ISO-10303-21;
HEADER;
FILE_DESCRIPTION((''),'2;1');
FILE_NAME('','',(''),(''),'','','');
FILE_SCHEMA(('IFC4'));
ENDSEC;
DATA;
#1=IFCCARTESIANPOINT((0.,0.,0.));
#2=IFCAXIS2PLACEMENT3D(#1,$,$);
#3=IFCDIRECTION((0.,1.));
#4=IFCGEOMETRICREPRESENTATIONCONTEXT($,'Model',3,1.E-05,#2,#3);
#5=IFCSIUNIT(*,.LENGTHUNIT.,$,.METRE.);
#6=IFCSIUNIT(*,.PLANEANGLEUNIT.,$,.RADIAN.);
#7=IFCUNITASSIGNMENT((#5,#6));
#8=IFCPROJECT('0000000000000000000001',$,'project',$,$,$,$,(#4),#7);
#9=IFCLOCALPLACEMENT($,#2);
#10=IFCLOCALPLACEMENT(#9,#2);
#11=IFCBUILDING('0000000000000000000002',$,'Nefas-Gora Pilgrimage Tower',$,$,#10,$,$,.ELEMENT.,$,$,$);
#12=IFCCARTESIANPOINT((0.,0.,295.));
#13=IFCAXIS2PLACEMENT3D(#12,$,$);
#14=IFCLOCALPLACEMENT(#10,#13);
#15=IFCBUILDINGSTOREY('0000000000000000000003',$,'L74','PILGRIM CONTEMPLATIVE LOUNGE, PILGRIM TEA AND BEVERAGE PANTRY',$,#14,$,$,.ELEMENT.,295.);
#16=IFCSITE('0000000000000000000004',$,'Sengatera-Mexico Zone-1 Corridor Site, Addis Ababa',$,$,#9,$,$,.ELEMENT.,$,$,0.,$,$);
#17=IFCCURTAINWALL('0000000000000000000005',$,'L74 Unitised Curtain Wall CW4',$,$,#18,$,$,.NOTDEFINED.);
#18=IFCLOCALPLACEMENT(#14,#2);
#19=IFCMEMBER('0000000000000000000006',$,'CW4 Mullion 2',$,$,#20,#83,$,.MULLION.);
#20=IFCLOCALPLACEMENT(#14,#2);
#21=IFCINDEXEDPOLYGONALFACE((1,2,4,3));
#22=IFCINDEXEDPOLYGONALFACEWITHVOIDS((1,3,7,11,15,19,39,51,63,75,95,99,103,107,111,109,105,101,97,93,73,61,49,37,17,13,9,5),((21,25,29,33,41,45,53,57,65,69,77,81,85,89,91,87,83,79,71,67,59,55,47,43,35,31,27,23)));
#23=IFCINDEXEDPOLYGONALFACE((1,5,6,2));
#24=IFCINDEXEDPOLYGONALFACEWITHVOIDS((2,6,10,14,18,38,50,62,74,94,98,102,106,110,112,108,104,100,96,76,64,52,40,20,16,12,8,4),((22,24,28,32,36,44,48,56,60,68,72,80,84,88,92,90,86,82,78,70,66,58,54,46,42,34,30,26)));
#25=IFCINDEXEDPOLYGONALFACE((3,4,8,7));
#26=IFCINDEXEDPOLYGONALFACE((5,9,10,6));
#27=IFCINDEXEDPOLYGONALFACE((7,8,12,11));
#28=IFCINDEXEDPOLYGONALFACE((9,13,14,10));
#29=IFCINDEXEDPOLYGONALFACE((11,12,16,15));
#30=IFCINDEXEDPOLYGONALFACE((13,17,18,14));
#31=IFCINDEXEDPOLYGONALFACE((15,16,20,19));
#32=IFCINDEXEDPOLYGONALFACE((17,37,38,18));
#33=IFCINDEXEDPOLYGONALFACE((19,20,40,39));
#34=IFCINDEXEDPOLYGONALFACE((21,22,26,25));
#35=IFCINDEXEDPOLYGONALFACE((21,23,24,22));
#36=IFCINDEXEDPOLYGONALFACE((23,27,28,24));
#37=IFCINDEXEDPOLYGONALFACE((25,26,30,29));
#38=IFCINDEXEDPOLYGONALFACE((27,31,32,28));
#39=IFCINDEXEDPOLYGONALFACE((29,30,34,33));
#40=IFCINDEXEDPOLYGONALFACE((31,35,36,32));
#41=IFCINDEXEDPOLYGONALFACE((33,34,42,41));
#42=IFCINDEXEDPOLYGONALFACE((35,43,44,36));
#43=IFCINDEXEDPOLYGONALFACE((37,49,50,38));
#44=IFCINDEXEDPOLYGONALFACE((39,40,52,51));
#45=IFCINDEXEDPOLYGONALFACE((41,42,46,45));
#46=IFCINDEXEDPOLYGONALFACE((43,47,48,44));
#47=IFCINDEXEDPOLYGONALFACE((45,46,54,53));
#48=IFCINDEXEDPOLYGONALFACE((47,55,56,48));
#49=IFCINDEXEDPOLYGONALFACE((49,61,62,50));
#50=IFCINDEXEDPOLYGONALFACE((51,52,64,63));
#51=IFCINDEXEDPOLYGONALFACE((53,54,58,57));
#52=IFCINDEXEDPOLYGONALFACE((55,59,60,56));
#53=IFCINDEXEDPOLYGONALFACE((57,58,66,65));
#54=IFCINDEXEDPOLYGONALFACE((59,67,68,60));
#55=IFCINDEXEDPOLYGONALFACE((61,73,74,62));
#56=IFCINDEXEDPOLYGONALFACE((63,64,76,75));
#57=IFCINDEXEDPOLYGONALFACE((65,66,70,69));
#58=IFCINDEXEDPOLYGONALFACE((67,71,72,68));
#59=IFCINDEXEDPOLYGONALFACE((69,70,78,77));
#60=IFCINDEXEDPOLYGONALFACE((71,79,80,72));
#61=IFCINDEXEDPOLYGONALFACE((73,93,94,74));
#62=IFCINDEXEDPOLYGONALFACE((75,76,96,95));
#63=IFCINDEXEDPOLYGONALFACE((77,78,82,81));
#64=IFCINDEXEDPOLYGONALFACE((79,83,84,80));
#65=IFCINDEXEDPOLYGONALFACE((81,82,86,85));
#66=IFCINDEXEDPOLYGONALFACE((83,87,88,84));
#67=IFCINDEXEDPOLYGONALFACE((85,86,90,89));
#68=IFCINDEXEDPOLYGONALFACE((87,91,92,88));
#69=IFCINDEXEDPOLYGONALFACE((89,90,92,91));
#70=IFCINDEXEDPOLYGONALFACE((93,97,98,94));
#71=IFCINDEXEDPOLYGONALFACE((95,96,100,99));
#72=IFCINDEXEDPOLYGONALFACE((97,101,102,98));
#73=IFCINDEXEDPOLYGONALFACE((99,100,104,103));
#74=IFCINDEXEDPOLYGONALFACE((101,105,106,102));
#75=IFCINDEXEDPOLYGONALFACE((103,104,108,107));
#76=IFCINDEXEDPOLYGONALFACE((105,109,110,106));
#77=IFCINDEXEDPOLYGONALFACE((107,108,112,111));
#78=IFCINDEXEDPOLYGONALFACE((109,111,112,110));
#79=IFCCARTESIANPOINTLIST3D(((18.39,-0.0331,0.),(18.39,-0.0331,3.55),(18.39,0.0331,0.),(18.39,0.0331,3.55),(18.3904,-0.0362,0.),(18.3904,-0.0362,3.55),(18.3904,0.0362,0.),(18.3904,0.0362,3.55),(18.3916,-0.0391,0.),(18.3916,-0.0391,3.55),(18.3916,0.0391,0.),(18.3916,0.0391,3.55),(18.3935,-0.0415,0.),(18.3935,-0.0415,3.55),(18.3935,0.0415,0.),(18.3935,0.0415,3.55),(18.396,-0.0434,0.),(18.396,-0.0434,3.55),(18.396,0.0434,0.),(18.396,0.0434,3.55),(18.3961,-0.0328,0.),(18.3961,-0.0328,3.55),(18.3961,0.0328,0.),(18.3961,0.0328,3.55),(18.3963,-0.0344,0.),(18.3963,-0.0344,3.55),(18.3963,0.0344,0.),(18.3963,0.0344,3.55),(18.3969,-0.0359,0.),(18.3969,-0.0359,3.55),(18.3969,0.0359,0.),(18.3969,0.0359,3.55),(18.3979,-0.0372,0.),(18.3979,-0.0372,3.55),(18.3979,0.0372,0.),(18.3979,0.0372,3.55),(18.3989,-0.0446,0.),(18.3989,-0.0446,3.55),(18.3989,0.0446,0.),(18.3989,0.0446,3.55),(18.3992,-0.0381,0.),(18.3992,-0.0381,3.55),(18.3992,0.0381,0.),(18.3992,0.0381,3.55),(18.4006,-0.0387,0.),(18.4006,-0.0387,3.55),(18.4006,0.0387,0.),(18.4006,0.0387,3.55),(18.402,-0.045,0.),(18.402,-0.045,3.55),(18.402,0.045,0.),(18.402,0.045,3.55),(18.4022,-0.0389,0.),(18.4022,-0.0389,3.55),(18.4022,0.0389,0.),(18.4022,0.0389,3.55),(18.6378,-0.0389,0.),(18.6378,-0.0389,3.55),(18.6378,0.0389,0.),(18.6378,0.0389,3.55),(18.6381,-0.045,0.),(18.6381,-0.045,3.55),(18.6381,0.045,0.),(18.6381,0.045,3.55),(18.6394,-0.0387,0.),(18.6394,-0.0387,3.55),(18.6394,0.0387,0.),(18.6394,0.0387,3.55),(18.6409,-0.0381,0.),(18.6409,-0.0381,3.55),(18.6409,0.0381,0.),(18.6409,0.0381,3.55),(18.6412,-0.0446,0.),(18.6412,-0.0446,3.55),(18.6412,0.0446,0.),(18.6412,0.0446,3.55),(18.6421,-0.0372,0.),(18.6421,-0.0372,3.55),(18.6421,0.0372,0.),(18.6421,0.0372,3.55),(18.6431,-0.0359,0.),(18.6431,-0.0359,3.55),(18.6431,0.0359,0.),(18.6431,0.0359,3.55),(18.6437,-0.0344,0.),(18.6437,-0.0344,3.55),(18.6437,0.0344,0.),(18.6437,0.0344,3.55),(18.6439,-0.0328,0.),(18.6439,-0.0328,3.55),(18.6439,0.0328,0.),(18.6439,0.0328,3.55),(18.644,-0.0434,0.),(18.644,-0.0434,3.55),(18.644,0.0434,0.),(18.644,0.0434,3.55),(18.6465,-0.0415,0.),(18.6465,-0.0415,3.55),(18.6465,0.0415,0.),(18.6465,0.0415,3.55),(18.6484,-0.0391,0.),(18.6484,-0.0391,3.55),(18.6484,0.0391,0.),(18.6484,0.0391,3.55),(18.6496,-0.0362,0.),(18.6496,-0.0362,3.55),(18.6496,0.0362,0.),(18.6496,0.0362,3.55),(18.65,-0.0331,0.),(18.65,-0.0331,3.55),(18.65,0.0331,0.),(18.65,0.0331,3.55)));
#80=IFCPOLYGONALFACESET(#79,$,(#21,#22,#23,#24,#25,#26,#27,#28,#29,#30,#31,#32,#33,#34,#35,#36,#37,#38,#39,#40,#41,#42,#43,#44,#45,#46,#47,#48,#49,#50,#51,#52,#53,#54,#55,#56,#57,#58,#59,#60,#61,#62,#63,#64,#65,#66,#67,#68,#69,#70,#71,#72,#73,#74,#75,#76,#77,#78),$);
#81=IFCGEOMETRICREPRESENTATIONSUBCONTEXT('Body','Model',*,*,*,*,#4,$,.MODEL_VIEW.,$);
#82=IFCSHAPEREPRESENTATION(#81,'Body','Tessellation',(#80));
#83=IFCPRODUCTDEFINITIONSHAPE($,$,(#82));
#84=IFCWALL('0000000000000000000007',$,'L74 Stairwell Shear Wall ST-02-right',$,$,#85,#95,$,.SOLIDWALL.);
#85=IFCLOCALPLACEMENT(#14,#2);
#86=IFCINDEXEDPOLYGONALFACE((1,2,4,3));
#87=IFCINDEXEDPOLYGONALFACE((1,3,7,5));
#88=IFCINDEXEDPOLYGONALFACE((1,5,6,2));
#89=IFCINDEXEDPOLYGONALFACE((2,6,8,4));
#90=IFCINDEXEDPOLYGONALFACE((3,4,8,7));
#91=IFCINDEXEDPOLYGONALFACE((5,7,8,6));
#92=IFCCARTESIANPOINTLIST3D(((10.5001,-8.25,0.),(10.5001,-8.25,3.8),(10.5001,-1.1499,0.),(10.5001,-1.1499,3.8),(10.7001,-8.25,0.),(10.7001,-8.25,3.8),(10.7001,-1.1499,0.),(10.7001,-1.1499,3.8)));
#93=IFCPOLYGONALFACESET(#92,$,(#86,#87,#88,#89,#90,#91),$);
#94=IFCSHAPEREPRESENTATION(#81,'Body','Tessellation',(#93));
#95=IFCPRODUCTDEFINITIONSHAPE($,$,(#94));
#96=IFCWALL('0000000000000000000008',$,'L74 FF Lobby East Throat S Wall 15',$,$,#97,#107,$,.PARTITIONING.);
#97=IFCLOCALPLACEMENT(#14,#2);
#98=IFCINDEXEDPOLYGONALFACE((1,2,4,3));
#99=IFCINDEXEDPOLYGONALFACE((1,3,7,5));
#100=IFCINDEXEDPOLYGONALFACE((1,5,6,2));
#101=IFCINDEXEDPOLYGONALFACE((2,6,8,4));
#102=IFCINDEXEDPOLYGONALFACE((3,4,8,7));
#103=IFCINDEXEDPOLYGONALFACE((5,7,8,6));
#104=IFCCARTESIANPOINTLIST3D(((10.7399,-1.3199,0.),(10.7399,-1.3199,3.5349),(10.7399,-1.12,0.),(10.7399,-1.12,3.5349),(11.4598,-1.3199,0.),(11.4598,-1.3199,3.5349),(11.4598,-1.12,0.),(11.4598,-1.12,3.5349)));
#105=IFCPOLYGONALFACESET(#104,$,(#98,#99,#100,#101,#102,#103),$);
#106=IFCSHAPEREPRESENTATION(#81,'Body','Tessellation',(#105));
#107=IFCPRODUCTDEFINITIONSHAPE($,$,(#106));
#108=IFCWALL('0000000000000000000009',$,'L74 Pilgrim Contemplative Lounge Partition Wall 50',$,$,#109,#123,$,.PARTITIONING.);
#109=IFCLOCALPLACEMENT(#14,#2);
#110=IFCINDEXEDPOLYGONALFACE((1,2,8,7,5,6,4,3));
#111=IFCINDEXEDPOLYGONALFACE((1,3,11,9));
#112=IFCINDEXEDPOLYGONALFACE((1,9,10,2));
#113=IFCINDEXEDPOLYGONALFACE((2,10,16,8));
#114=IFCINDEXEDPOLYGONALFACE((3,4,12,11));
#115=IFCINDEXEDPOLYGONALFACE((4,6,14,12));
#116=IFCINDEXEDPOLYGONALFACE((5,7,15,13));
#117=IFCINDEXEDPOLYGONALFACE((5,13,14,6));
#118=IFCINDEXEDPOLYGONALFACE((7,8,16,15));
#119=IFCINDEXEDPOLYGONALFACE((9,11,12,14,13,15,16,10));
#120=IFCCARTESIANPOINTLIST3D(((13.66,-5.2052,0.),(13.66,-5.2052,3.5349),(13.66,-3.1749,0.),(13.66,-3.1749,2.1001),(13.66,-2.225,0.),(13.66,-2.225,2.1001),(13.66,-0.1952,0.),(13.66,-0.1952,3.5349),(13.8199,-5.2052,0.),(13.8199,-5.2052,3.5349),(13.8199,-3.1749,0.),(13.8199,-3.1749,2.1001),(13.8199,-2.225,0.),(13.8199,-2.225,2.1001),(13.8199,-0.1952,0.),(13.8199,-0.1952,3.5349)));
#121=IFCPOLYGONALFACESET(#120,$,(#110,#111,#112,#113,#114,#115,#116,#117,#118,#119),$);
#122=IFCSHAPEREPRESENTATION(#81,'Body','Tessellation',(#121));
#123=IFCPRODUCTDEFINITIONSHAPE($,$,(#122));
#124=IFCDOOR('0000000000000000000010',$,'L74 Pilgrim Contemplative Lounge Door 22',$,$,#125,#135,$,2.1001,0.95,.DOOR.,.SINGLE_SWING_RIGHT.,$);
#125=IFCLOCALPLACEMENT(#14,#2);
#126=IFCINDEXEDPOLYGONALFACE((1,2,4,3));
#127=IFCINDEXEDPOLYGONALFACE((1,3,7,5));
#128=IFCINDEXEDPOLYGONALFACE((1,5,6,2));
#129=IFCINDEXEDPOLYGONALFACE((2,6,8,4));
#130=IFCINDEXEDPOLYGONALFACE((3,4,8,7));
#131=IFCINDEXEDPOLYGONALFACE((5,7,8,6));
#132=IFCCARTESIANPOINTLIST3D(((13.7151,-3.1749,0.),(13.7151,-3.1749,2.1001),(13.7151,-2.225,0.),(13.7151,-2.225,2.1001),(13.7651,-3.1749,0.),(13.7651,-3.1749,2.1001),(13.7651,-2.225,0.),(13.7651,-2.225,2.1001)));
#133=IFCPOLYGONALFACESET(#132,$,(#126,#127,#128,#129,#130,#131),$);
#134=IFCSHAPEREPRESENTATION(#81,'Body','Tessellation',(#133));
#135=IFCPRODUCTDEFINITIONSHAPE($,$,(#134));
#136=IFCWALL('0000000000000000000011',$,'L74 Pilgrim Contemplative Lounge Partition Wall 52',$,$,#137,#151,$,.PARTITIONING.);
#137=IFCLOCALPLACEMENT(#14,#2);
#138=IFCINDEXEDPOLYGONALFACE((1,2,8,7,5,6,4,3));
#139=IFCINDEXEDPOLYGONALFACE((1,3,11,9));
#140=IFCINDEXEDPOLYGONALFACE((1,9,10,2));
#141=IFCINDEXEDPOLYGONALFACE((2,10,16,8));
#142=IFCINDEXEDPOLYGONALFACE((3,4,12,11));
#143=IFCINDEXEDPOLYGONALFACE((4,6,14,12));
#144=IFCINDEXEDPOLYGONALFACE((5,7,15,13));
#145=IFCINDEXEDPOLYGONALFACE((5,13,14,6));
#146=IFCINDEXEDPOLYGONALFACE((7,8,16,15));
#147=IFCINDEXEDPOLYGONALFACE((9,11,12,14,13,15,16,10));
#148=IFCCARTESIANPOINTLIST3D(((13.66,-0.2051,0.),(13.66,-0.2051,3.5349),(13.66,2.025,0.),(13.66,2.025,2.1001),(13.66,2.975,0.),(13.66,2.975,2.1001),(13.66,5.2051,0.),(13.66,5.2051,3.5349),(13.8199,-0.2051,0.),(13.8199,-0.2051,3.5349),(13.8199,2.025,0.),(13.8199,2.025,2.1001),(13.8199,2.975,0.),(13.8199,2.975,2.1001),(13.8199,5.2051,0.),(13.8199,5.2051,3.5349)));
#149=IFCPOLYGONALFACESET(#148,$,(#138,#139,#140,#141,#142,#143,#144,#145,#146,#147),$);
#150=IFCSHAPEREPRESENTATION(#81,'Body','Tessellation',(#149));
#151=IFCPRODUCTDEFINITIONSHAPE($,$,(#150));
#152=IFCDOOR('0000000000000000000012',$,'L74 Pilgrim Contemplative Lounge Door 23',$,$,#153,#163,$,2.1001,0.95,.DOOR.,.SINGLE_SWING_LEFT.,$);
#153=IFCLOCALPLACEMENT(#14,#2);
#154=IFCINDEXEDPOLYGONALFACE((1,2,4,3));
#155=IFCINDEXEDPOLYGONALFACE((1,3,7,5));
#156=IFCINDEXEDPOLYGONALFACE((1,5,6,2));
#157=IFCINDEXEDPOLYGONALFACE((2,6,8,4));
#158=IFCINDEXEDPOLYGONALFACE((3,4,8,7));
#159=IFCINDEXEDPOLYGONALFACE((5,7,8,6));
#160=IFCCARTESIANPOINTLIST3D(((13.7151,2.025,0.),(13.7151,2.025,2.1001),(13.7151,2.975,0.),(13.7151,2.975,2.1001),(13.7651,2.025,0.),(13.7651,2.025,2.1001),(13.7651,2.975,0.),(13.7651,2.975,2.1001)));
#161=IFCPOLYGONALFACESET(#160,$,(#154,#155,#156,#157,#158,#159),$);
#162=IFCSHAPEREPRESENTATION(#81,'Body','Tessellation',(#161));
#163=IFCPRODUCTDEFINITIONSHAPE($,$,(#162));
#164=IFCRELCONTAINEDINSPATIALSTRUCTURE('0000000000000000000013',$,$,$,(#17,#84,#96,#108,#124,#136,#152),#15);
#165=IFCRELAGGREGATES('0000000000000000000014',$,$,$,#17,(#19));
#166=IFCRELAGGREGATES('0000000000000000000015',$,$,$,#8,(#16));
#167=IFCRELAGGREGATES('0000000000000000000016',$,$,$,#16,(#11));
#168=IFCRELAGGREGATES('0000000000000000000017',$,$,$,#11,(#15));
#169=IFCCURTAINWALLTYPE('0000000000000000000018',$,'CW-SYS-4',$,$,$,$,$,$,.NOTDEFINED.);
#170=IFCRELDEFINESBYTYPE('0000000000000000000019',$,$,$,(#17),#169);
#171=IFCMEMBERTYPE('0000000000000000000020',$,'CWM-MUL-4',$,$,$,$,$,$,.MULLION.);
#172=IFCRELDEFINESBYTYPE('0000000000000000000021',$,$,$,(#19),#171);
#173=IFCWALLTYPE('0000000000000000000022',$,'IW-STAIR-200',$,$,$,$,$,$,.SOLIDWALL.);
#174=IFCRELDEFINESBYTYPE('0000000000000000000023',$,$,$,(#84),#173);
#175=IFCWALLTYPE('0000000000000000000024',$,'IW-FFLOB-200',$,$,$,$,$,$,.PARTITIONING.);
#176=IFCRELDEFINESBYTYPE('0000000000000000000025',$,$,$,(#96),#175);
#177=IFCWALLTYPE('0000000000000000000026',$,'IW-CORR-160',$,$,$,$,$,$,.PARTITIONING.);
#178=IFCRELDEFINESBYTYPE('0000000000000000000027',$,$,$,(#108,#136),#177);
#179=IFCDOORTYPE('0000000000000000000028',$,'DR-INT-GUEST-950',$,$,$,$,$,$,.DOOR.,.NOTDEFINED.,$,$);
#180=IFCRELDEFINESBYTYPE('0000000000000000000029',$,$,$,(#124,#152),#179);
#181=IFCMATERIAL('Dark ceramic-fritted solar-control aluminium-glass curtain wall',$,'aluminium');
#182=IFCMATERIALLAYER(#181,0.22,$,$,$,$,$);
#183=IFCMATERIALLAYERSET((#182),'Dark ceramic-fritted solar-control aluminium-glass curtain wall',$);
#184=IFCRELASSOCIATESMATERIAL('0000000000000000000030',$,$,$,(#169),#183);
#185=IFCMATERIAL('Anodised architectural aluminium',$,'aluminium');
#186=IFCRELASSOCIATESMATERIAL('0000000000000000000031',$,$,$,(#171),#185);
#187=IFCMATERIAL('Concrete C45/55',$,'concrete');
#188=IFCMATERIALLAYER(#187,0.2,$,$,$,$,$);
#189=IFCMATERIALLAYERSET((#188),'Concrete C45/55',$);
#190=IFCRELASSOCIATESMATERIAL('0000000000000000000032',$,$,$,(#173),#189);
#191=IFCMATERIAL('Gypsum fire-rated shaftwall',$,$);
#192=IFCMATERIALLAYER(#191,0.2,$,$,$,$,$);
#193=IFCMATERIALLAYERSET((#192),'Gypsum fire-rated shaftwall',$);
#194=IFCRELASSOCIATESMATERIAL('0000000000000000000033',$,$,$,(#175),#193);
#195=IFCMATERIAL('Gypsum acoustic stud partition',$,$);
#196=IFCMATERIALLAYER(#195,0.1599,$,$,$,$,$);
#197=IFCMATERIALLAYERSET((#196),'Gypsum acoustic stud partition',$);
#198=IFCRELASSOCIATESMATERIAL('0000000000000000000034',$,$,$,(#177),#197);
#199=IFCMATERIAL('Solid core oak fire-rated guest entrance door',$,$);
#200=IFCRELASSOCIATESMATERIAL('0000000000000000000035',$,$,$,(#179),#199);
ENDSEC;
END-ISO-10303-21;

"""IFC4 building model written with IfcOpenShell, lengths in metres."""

from ifc_helpers import new_model, si_unit, direction, frame, frame_2d, origin, origin_2d, place, context, subcontext, project, spatial, rectangle, hollow_rectangle, extrude, source, transform, mapped, material, layer, layer_set, material_profile, profile_set, type_object, element, fill, aggregate, save


model = new_model("IFC4")

# Units and contexts
model_context = context("Model", 3, precision=1e-05, world=origin(), true_north=direction((0.0, 1.0)))
body_context = subcontext(model_context, "Body", "Model", "MODEL_VIEW")
ifc_project = project(units=[si_unit("LENGTHUNIT", "METRE"), si_unit("PLANEANGLEUNIT", "RADIAN")], contexts=[model_context])

# Site, building, storey
site_placement = place(None, origin())
site = spatial("IfcSite", under=ifc_project, at=site_placement, Name="Sengatera-Mexico Zone-1 Corridor Site, Addis Ababa", CompositionType="ELEMENT", RefElevation=0.0)
building_placement = place(site_placement, origin())
building = spatial("IfcBuilding", under=site, at=building_placement, Name="Nefas-Gora Pilgrimage Tower", CompositionType="ELEMENT")
storey_placement = place(building_placement, frame((0.0, 0.0, 295.0)))
storey = spatial("IfcBuildingStorey", under=building, at=storey_placement, Name="L74", Description="PILGRIM CONTEMPLATIVE LOUNGE, PILGRIM TEA AND BEVERAGE PANTRY", CompositionType="ELEMENT", Elevation=295.0)

# Curtain wall, member
ifc_material_1 = material(Name="Dark ceramic-fritted solar-control aluminium-glass curtain wall", Category="aluminium")
ifc_layer_1 = layer(ifc_material_1, 0.22)
ifc_layer_set_1 = layer_set([ifc_layer_1], Name="Dark ceramic-fritted solar-control aluminium-glass curtain wall")
curtain_wall_type = type_object("IfcCurtainWallType", Name="CW-SYS-4", PredefinedType="NOTDEFINED", material=ifc_layer_set_1)
curtain_wall_placement = place(storey_placement, origin())
curtain_wall = element("IfcCurtainWall", 1, at=curtain_wall_placement, inside=storey, type_object=curtain_wall_type, Name="L74 Unitised Curtain Wall CW4", PredefinedType="NOTDEFINED")
ifc_material_2 = material(Name="Anodised architectural aluminium", Category="aluminium")
ifc_material_profile_1 = material_profile(ifc_material_2, hollow_rectangle(XDim=0.0901, YDim=0.26, WallThickness=0.0061, InnerFilletRadius=0.0061, OuterFilletRadius=0.012, at=origin_2d()), Name="ALU MULLION 90x260")
ifc_profile_set_1 = profile_set([ifc_material_profile_1], Name="Anodised architectural aluminium")
member_type = type_object("IfcMemberType", Name="CWM-MUL-4", PredefinedType="MULLION", material=ifc_profile_set_1)
shared_shape_1 = source(origin(), body_context, "Body", "SweptSolid", [
    extrude(hollow_rectangle(XDim=0.0901, YDim=0.26, WallThickness=0.0061, InnerFilletRadius=0.0061, OuterFilletRadius=0.012, at=origin_2d()), origin(), (0.0, 0.0, 1.0), 3.55),
])
member_placement = place(storey_placement, frame((18.52, 0.0, 0.0), z_axis=(0.0, 0.0, 1.0), x_axis=(0.0, 1.0, 0.0)))
member = element("IfcMember", 2, at=member_placement, type_object=member_type, Name="CW4 Mullion 2", PredefinedType="MULLION", context=body_context, shape_type="MappedRepresentation", body=[
    mapped(shared_shape_1, transform((0.0, 0.0, 0.0), x_axis=(1.0, 0.0, 0.0), y_axis=(0.0, 1.0, 0.0), z_axis=(0.0, 0.0, 1.0), scale=1.0)),
])
aggregate(curtain_wall, [member])

# Walls
ifc_material_3 = material(Name="Concrete C45/55", Category="concrete")
ifc_layer_2 = layer(ifc_material_3, 0.2)
ifc_layer_set_2 = layer_set([ifc_layer_2], Name="Concrete C45/55")
wall_type_1 = type_object("IfcWallType", Name="IW-STAIR-200", PredefinedType="SOLIDWALL", material=ifc_layer_set_2)
shared_shape_2 = source(origin(), body_context, "Body", "SweptSolid", [
    extrude(rectangle(XDim=7.1001, YDim=0.2, at=frame_2d((3.55, 0.0))), origin(), (0.0, 0.0, 1.0), 3.8),
])
wall_1_placement = place(storey_placement, frame((10.6001, -1.1499, 0.0), z_axis=(0.0, 0.0, 1.0), x_axis=(0.0, -1.0, 0.0)))
element("IfcWall", 3, at=wall_1_placement, inside=storey, type_object=wall_type_1, Name="L74 Stairwell Shear Wall ST-02-right", PredefinedType="SOLIDWALL", context=body_context, shape_type="MappedRepresentation", body=[
    mapped(shared_shape_2, transform((0.0, 0.0, 0.0), x_axis=(1.0, 0.0, 0.0), y_axis=(0.0, 1.0, 0.0), z_axis=(0.0, 0.0, 1.0), scale=1.0)),
])
ifc_material_4 = material(Name="Gypsum fire-rated shaftwall")
ifc_layer_3 = layer(ifc_material_4, 0.2)
ifc_layer_set_3 = layer_set([ifc_layer_3], Name="Gypsum fire-rated shaftwall")
wall_type_2 = type_object("IfcWallType", Name="IW-FFLOB-200", PredefinedType="PARTITIONING", material=ifc_layer_set_3)
shared_shape_3 = source(origin(), body_context, "Body", "SweptSolid", [
    extrude(rectangle(XDim=0.72, YDim=0.2, at=frame_2d((0.3599, 0.0))), origin(), (0.0, 0.0, 1.0), 3.5349),
])
wall_2_placement = place(storey_placement, frame((10.74, -1.22, 0.0), z_axis=(0.0, 0.0, 1.0), x_axis=(1.0, 0.0, 0.0)))
element("IfcWall", 4, at=wall_2_placement, inside=storey, type_object=wall_type_2, Name="L74 FF Lobby East Throat S Wall 15", PredefinedType="PARTITIONING", context=body_context, shape_type="MappedRepresentation", body=[
    mapped(shared_shape_3, transform((0.0, 0.0, 0.0), x_axis=(1.0, 0.0, 0.0), y_axis=(0.0, 1.0, 0.0), z_axis=(0.0, 0.0, 1.0), scale=1.0)),
])

# Walls, openings, doors
ifc_material_5 = material(Name="Gypsum acoustic stud partition")
ifc_layer_4 = layer(ifc_material_5, 0.1599)
ifc_layer_set_4 = layer_set([ifc_layer_4], Name="Gypsum acoustic stud partition")
wall_type_3 = type_object("IfcWallType", Name="IW-CORR-160", PredefinedType="PARTITIONING", material=ifc_layer_set_4)
shared_shape_4 = source(origin(), body_context, "Body", "SweptSolid", [
    extrude(rectangle(XDim=5.01, YDim=0.1599, at=frame_2d((2.5049, 0.0))), origin(), (0.0, 0.0, 1.0), 3.5349),
])
wall_3_placement = place(storey_placement, frame((13.74, -5.2051, 0.0), z_axis=(0.0, 0.0, 1.0), x_axis=(0.0, 1.0, 0.0)))
wall_3 = element("IfcWall", 5, at=wall_3_placement, inside=storey, type_object=wall_type_3, Name="L74 Pilgrim Contemplative Lounge Partition Wall 50", PredefinedType="PARTITIONING", context=body_context, shape_type="MappedRepresentation", body=[
    mapped(shared_shape_4, transform((0.0, 0.0, 0.0), x_axis=(1.0, 0.0, 0.0), y_axis=(0.0, 1.0, 0.0), z_axis=(0.0, 0.0, 1.0), scale=1.0)),
])
opening_1_placement = place(wall_3_placement, frame((2.03, 0.0, 0.0)))
opening_1 = element("IfcOpeningElement", 6, at=opening_1_placement, cuts=wall_3, PredefinedType="OPENING", context=body_context, shape_type="SweptSolid", body=[
    extrude(rectangle(XDim=0.95, YDim=2.1001, at=frame_2d((0.4751, 1.05))), frame((0.0, 0.0898, 0.0), z_axis=(0.0, -1.0, 0.0), x_axis=(1.0, 0.0, 0.0)), (0.0, 0.0, 1.0), 0.1799),
])
ifc_material_6 = material(Name="Solid core oak fire-rated guest entrance door")
door_type_1 = type_object("IfcDoorType", Name="DR-INT-GUEST-950", OperationType="NOTDEFINED", PredefinedType="DOOR", material=ifc_material_6)
shared_shape_5 = source(origin(), body_context, "Body", "SweptSolid", [
    extrude(rectangle(XDim=0.95, YDim=2.1001, at=frame_2d((0.4751, 1.05))), frame((0.0, 0.0249, 0.0), z_axis=(0.0, -1.0, 0.0), x_axis=(1.0, 0.0, 0.0)), (0.0, 0.0, 1.0), 0.05),
])
door_1_placement = place(opening_1_placement, origin())
door_1 = element("IfcDoor", 7, at=door_1_placement, inside=storey, type_object=door_type_1, Name="L74 Pilgrim Contemplative Lounge Door 22", OperationType="SINGLE_SWING_RIGHT", OverallHeight=2.1001, OverallWidth=0.95, PredefinedType="DOOR", context=body_context, shape_type="MappedRepresentation", body=[
    mapped(shared_shape_5, transform((0.0, 0.0, 0.0), x_axis=(1.0, 0.0, 0.0), y_axis=(0.0, 1.0, 0.0), z_axis=(0.0, 0.0, 1.0), scale=1.0)),
])
fill(opening_1, door_1)
shared_shape_6 = source(origin(), body_context, "Body", "SweptSolid", [
    extrude(rectangle(XDim=5.4102, YDim=0.1599, at=frame_2d((2.7051, 0.0))), origin(), (0.0, 0.0, 1.0), 3.5349),
])
wall_4_placement = place(storey_placement, frame((13.74, -0.2051, 0.0), z_axis=(0.0, 0.0, 1.0), x_axis=(0.0, 1.0, 0.0)))
wall_4 = element("IfcWall", 8, at=wall_4_placement, inside=storey, type_object=wall_type_3, Name="L74 Pilgrim Contemplative Lounge Partition Wall 52", PredefinedType="PARTITIONING", context=body_context, shape_type="MappedRepresentation", body=[
    mapped(shared_shape_6, transform((0.0, 0.0, 0.0), x_axis=(1.0, 0.0, 0.0), y_axis=(0.0, 1.0, 0.0), z_axis=(0.0, 0.0, 1.0), scale=1.0)),
])
opening_2_placement = place(wall_4_placement, frame((2.23, 0.0, 0.0)))
opening_2 = element("IfcOpeningElement", 9, at=opening_2_placement, cuts=wall_4, PredefinedType="OPENING", context=body_context, shape_type="SweptSolid", body=[
    extrude(rectangle(XDim=0.95, YDim=2.1001, at=frame_2d((0.4751, 1.05))), frame((0.0, 0.0898, 0.0), z_axis=(0.0, -1.0, 0.0), x_axis=(1.0, 0.0, 0.0)), (0.0, 0.0, 1.0), 0.1799),
])
door_2_placement = place(opening_2_placement, origin())
door_2 = element("IfcDoor", 10, at=door_2_placement, inside=storey, type_object=door_type_1, Name="L74 Pilgrim Contemplative Lounge Door 23", OperationType="SINGLE_SWING_LEFT", OverallHeight=2.1001, OverallWidth=0.95, PredefinedType="DOOR", context=body_context, shape_type="MappedRepresentation", body=[
    mapped(shared_shape_5, transform((0.0, 0.0, 0.0), x_axis=(1.0, 0.0, 0.0), y_axis=(0.0, 1.0, 0.0), z_axis=(0.0, 0.0, 1.0), scale=1.0)),
])
fill(opening_2, door_2)

save(model, "model.ifc")
